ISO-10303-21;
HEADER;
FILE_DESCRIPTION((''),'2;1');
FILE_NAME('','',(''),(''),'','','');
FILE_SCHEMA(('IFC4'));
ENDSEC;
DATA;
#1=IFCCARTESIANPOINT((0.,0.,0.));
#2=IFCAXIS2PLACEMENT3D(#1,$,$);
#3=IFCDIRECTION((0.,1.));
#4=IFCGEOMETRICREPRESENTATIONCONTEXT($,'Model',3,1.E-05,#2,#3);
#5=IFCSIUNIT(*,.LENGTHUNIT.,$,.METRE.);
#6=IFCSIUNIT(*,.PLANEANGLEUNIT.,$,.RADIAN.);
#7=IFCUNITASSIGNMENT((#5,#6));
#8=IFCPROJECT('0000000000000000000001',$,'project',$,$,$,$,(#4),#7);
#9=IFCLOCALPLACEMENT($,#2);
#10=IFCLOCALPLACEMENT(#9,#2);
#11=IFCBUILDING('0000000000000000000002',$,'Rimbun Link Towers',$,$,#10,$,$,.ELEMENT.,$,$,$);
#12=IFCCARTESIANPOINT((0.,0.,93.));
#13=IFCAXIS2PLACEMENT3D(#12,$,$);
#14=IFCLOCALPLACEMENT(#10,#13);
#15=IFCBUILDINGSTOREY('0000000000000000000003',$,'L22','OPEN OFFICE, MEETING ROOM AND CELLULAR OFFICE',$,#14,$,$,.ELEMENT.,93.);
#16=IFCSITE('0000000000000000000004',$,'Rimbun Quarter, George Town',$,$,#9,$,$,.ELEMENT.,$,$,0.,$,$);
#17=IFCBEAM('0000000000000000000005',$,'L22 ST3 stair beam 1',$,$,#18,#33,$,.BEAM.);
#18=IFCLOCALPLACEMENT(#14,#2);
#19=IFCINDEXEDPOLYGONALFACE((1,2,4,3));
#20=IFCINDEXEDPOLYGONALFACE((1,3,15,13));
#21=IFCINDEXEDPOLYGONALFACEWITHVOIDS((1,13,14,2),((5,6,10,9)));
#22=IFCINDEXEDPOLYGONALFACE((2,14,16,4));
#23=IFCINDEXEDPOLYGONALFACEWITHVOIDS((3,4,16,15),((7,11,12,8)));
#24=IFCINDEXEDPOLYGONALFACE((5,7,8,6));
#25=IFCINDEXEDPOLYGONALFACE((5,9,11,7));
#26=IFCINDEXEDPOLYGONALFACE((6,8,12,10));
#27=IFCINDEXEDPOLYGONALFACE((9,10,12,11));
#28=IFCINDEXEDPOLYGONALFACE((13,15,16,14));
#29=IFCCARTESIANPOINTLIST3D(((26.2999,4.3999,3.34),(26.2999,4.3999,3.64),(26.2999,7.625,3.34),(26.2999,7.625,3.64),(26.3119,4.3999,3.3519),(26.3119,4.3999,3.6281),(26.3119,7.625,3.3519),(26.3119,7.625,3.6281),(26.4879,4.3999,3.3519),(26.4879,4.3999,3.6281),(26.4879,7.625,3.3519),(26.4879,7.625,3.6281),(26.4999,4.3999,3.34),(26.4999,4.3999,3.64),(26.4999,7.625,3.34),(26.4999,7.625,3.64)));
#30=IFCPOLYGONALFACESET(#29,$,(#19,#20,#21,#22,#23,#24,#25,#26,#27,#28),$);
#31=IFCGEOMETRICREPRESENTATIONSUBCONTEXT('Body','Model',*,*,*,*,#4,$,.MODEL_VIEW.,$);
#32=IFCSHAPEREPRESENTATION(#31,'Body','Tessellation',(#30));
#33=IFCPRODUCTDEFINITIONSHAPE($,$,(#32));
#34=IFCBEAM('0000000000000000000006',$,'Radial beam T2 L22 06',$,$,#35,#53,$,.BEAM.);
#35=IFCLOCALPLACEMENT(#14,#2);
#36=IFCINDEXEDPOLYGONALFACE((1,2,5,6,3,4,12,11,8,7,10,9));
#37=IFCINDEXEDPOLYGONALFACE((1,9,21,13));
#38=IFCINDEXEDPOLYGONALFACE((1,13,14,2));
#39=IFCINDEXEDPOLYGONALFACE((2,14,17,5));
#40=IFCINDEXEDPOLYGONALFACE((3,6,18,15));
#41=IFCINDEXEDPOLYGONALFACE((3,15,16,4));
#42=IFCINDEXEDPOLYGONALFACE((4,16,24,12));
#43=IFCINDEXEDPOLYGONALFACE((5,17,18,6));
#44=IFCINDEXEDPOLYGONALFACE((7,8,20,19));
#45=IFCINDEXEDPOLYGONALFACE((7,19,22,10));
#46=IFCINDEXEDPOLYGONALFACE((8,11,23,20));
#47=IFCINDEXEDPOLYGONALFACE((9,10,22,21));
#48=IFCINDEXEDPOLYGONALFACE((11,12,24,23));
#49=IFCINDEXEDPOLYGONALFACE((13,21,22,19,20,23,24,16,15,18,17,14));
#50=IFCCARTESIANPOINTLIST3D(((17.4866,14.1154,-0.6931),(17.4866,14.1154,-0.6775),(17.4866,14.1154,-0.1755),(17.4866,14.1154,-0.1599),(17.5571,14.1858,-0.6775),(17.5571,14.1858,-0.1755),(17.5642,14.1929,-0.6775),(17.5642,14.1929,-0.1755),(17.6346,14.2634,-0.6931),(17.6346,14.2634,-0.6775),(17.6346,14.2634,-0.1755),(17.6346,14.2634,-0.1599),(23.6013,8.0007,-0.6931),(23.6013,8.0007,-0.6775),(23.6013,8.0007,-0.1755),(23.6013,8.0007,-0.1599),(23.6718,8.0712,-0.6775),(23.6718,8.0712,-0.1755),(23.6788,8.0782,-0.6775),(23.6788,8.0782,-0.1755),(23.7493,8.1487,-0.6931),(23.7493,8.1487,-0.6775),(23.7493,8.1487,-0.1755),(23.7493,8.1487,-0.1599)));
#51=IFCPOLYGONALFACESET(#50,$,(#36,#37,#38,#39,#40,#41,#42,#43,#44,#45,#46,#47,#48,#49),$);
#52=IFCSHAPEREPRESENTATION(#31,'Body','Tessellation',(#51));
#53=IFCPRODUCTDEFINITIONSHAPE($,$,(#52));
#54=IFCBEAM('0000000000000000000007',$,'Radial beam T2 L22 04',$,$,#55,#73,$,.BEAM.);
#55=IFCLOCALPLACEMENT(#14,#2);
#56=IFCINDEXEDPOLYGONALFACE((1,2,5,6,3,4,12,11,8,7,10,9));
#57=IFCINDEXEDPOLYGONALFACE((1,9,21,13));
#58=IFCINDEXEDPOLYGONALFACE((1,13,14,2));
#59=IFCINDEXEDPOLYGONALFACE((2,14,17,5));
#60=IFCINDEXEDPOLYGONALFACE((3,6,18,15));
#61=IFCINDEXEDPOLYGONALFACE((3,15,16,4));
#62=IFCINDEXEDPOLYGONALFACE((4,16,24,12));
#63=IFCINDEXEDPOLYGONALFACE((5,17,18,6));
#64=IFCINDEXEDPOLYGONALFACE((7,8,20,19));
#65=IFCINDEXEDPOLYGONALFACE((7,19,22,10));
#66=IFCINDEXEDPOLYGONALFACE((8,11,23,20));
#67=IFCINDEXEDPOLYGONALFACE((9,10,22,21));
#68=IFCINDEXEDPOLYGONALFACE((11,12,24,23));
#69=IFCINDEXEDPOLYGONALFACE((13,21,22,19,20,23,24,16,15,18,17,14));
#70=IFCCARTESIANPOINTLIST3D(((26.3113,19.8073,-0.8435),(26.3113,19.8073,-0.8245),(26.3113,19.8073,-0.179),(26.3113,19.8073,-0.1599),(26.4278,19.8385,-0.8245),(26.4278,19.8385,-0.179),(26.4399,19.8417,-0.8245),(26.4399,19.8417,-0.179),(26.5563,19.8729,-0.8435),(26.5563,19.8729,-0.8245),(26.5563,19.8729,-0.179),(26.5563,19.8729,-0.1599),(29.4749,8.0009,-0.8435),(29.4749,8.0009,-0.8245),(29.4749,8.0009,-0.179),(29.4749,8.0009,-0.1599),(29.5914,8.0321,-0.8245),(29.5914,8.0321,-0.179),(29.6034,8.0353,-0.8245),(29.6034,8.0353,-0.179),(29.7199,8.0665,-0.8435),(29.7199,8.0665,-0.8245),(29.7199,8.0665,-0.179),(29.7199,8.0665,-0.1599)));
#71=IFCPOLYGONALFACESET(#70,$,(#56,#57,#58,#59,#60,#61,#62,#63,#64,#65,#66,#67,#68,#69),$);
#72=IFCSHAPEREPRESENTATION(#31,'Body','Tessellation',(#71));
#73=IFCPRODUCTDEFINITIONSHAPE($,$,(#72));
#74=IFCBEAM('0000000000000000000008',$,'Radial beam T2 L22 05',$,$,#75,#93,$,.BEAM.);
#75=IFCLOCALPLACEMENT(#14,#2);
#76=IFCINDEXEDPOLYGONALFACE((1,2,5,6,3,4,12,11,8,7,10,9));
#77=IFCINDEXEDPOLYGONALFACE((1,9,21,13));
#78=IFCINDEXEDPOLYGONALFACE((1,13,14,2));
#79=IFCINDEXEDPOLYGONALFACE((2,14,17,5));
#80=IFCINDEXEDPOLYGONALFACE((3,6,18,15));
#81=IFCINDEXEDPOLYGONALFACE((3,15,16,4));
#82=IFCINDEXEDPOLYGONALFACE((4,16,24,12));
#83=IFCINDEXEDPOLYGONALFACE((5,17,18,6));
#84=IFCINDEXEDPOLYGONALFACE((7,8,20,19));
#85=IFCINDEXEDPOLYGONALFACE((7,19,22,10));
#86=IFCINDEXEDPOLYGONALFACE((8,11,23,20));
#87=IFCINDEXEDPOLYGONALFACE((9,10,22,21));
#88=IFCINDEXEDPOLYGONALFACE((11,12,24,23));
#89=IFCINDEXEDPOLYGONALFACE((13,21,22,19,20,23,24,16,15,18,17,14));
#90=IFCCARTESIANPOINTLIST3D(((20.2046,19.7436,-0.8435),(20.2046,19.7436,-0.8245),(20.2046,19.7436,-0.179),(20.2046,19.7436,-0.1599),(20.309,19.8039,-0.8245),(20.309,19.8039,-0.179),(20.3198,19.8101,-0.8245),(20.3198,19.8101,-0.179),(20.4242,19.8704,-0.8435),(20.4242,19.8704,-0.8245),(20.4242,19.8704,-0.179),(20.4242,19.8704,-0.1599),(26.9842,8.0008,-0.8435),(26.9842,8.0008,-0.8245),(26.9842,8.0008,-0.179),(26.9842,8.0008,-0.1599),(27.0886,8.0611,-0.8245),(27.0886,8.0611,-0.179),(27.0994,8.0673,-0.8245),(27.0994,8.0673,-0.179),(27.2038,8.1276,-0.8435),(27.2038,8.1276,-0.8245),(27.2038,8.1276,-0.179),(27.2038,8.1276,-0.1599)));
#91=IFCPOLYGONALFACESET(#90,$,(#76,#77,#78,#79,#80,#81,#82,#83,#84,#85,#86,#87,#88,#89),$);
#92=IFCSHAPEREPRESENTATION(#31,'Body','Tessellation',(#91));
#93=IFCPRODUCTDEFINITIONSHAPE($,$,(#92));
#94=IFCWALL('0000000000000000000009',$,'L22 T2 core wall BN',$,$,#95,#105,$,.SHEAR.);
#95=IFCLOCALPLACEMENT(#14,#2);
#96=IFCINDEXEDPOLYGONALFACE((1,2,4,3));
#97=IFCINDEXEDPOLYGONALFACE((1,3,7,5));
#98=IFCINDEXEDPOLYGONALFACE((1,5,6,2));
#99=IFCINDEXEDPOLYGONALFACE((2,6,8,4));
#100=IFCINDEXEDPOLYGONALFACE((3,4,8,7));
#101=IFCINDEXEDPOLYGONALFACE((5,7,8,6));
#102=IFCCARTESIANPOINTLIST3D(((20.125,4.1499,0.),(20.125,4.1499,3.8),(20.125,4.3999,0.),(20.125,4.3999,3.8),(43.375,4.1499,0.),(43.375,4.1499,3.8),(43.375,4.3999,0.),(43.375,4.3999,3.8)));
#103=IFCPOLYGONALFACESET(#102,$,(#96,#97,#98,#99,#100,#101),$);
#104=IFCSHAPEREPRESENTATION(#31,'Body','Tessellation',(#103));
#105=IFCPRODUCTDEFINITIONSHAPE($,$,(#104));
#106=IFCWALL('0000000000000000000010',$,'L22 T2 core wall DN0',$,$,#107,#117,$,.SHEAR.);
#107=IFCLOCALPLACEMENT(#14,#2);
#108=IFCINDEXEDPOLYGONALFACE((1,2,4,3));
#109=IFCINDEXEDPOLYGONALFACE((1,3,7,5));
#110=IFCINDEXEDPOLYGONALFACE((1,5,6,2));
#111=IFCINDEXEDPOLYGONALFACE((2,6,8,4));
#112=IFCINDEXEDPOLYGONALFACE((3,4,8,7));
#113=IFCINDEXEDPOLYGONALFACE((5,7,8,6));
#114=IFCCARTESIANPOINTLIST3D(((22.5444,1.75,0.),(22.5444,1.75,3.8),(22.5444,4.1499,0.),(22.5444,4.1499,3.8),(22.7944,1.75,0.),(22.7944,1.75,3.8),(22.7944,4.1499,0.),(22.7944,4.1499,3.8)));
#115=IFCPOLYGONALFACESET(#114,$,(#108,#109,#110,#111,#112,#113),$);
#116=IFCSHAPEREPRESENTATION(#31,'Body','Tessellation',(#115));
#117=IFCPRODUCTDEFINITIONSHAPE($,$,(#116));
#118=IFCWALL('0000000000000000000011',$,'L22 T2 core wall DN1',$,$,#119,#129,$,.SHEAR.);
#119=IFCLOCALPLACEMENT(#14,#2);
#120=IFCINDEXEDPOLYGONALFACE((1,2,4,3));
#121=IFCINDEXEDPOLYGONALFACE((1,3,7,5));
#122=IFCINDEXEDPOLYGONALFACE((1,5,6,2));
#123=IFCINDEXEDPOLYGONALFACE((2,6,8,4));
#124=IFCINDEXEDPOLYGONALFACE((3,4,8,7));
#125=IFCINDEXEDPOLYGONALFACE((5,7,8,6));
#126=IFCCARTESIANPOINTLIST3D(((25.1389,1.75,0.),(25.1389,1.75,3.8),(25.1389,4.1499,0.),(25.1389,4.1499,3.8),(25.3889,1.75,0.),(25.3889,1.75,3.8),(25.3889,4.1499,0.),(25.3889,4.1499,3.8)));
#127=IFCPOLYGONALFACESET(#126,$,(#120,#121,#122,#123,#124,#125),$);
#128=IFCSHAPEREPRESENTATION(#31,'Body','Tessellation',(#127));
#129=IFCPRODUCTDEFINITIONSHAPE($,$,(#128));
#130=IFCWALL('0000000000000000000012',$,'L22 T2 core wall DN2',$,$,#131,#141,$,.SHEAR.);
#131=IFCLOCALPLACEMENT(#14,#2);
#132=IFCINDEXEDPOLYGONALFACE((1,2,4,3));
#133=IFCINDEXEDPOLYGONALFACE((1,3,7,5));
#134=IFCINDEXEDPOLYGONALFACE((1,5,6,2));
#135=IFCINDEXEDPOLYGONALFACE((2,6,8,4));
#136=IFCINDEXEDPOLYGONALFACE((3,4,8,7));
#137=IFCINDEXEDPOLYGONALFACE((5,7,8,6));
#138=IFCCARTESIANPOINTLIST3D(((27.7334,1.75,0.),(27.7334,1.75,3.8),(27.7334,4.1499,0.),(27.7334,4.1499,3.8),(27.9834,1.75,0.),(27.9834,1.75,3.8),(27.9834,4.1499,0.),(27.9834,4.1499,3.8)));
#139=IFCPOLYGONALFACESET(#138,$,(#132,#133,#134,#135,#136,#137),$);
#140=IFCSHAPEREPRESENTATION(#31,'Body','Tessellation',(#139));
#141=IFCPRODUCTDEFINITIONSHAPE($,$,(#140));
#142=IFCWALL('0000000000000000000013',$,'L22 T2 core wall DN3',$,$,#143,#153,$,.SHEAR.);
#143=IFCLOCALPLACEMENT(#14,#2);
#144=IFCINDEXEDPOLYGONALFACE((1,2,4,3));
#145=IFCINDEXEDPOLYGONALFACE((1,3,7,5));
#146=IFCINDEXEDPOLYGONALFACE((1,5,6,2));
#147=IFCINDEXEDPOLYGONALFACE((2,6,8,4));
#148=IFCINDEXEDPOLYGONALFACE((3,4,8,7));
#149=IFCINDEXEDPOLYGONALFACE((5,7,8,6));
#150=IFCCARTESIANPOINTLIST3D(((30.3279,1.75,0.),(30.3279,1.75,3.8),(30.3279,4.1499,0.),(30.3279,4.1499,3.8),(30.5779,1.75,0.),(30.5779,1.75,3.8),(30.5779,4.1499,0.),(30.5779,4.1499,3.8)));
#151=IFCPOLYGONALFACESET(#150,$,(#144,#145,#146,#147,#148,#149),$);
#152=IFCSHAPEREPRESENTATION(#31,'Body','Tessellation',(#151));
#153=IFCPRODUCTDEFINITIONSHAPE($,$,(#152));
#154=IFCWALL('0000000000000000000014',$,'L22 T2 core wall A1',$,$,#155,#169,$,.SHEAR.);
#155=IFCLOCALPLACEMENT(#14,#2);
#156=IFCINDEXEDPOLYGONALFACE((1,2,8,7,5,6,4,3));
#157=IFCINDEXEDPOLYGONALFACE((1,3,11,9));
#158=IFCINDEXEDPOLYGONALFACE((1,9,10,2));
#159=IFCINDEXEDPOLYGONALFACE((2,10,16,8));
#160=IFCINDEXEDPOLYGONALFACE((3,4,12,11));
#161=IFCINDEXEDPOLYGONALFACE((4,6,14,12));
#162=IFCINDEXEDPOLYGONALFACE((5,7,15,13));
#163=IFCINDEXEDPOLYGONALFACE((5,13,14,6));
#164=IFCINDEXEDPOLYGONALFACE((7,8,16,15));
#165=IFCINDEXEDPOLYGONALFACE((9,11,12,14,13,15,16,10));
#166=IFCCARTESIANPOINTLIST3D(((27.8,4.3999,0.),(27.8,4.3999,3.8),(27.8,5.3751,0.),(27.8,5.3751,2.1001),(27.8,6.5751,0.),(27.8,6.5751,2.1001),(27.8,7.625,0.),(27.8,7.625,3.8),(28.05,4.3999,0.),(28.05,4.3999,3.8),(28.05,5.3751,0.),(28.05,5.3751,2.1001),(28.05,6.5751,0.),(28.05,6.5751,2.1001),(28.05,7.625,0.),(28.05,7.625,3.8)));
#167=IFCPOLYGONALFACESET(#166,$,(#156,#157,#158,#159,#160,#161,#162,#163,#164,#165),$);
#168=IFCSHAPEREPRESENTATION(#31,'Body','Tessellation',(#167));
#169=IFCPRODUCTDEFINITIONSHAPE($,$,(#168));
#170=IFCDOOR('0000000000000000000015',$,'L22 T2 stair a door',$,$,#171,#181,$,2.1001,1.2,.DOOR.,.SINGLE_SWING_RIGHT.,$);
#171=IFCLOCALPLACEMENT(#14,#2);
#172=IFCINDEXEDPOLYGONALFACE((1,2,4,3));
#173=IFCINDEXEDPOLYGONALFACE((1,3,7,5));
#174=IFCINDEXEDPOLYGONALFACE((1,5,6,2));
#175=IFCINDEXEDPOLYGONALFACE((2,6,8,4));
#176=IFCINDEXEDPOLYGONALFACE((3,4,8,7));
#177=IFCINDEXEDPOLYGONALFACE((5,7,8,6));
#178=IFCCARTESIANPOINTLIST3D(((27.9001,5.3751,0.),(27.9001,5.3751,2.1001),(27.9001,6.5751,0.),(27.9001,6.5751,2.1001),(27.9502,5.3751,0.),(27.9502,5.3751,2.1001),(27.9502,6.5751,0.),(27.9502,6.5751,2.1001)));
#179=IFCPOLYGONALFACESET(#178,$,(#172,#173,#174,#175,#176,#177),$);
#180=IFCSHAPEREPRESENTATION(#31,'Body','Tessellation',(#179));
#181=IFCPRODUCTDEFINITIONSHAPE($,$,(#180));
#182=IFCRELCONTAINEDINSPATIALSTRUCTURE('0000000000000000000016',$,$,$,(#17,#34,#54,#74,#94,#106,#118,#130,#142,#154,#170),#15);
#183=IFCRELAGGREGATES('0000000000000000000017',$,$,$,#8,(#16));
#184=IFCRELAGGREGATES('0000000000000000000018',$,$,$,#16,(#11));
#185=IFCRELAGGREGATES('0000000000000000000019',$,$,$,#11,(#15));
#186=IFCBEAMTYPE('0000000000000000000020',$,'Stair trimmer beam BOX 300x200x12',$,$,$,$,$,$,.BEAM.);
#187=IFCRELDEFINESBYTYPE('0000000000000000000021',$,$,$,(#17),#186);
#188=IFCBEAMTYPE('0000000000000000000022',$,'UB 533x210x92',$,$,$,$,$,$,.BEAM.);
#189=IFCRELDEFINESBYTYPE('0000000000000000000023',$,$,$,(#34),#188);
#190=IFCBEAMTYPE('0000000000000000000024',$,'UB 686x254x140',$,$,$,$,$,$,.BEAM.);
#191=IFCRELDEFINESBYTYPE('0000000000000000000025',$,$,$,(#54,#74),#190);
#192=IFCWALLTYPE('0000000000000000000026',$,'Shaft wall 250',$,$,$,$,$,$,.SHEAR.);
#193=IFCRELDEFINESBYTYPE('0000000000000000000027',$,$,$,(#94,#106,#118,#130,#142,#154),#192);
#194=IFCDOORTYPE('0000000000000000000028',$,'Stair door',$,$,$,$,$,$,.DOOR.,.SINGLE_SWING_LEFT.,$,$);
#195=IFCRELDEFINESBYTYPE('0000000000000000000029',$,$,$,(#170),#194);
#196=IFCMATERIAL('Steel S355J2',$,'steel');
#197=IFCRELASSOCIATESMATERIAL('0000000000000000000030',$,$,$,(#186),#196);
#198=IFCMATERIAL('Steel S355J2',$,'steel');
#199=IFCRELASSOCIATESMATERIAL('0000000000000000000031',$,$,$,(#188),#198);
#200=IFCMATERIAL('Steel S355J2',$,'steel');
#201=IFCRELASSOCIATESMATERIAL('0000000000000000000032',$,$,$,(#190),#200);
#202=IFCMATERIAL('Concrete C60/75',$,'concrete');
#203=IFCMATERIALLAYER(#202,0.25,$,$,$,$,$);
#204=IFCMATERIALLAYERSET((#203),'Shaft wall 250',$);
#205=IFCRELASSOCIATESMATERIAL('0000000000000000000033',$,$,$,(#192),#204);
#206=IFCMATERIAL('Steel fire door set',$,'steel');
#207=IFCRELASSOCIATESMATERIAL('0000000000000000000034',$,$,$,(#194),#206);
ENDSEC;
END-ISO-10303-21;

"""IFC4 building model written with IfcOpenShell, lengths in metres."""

from ifc_helpers import new_model, si_unit, direction, frame, frame_2d, origin, origin_2d, place, context, subcontext, project, spatial, rectangle, hollow_rectangle, i_section, extrude, material, layer, layer_set, material_profile, profile_set, type_object, element, fill, save


model = new_model("IFC4")

# Units and contexts
model_context = context("Model", 3, precision=1e-05, world=origin(), true_north=direction((0.0, 1.0)))
body_context = subcontext(model_context, "Body", "Model", "MODEL_VIEW")
ifc_project = project(units=[si_unit("LENGTHUNIT", "METRE"), si_unit("PLANEANGLEUNIT", "RADIAN")], contexts=[model_context])

# Site, building, storey
site_placement = place(None, origin())
site = spatial("IfcSite", under=ifc_project, at=site_placement, Name="Rimbun Quarter, George Town", CompositionType="ELEMENT", RefElevation=0.0)
building_placement = place(site_placement, origin())
building = spatial("IfcBuilding", under=site, at=building_placement, Name="Rimbun Link Towers", CompositionType="ELEMENT")
storey_placement = place(building_placement, frame((0.0, 0.0, 93.0)))
storey = spatial("IfcBuildingStorey", under=building, at=storey_placement, Name="L22", Description="OPEN OFFICE, MEETING ROOM AND CELLULAR OFFICE", CompositionType="ELEMENT", Elevation=93.0)

# Beams
ifc_material_1 = material(Name="Steel S355J2", Category="steel")
ifc_material_profile_1 = material_profile(ifc_material_1, hollow_rectangle(XDim=0.2, YDim=0.3, WallThickness=0.012, at=origin_2d()), Name="BOX 300x200x12")
ifc_profile_set_1 = profile_set([ifc_material_profile_1], Name="Steel S355J2")
beam_type_1 = type_object("IfcBeamType", Name="Stair trimmer beam BOX 300x200x12", PredefinedType="BEAM", material=ifc_profile_set_1)
beam_1_placement = place(storey_placement, frame((26.3999, 7.625, 3.49), z_axis=(0.0, -1.0, 0.0), x_axis=(1.0, 0.0, 0.0)))
element("IfcBeam", 1, at=beam_1_placement, inside=storey, type_object=beam_type_1, Name="L22 ST3 stair beam 1", PredefinedType="BEAM", context=body_context, shape_type="SweptSolid", body=[
    extrude(hollow_rectangle(XDim=0.2, YDim=0.3, WallThickness=0.012, at=origin_2d()), origin(), (0.0, 0.0, 1.0), 3.2251),
])
ifc_material_2 = material(Name="Steel S355J2", Category="steel")
ifc_material_profile_2 = material_profile(ifc_material_2, i_section(OverallWidth=0.2092, OverallDepth=0.5332, WebThickness=0.01, FlangeThickness=0.0156, at=origin_2d()), Name="UB 533x210x92")
ifc_profile_set_2 = profile_set([ifc_material_profile_2], Name="Steel S355J2")
beam_type_2 = type_object("IfcBeamType", Name="UB 533x210x92", PredefinedType="BEAM", material=ifc_profile_set_2)
beam_2_placement = place(storey_placement, frame((23.6753, 8.0747, -0.4265), z_axis=(-0.707107, 0.707107, 0.0), x_axis=(-0.707107, -0.707107, 0.0)))
element("IfcBeam", 2, at=beam_2_placement, inside=storey, type_object=beam_type_2, Name="Radial beam T2 L22 06", PredefinedType="BEAM", context=body_context, shape_type="SweptSolid", body=[
    extrude(i_section(OverallWidth=0.2092, OverallDepth=0.5332, WebThickness=0.01, FlangeThickness=0.0156, at=origin_2d()), origin(), (0.0, 0.0, 1.0), 8.6475),
])
ifc_material_3 = material(Name="Steel S355J2", Category="steel")
ifc_material_profile_3 = material_profile(ifc_material_3, i_section(OverallWidth=0.2537, OverallDepth=0.6836, WebThickness=0.0125, FlangeThickness=0.019, at=origin_2d()), Name="UB 686x254x140")
ifc_profile_set_3 = profile_set([ifc_material_profile_3], Name="Steel S355J2")
beam_type_3 = type_object("IfcBeamType", Name="UB 686x254x140", PredefinedType="BEAM", material=ifc_profile_set_3)
beam_3_placement = place(storey_placement, frame((29.5974, 8.0337, -0.5017), z_axis=(-0.258824, 0.965925, 0.0), x_axis=(-0.965925, -0.258824, 0.0)))
element("IfcBeam", 3, at=beam_3_placement, inside=storey, type_object=beam_type_3, Name="Radial beam T2 L22 04", PredefinedType="BEAM", context=body_context, shape_type="SweptSolid", body=[
    extrude(i_section(OverallWidth=0.2537, OverallDepth=0.6836, WebThickness=0.0125, FlangeThickness=0.019, at=origin_2d()), origin(), (0.0, 0.0, 1.0), 12.2229),
])
beam_4_placement = place(storey_placement, frame((27.094, 8.0642, -0.5017), z_axis=(-0.499995, 0.866028, 0.0), x_axis=(-0.866028, -0.499995, 0.0)))
element("IfcBeam", 4, at=beam_4_placement, inside=storey, type_object=beam_type_3, Name="Radial beam T2 L22 05", PredefinedType="BEAM", context=body_context, shape_type="SweptSolid", body=[
    extrude(i_section(OverallWidth=0.2537, OverallDepth=0.6836, WebThickness=0.0125, FlangeThickness=0.019, at=origin_2d()), origin(), (0.0, 0.0, 1.0), 13.5593),
])

# Walls
ifc_material_4 = material(Name="Concrete C60/75", Category="concrete")
ifc_layer = layer(ifc_material_4, 0.25)
ifc_layer_set = layer_set([ifc_layer], Name="Shaft wall 250")
wall_type = type_object("IfcWallType", Name="Shaft wall 250", PredefinedType="SHEAR", material=ifc_layer_set)
wall_1_placement = place(storey_placement, frame((20.125, 4.2749, 0.0), z_axis=(0.0, 0.0, 1.0), x_axis=(1.0, 0.0, 0.0)))
element("IfcWall", 5, at=wall_1_placement, inside=storey, type_object=wall_type, Name="L22 T2 core wall BN", PredefinedType="SHEAR", context=body_context, shape_type="SweptSolid", body=[
    extrude(rectangle(XDim=23.25, YDim=0.25, at=frame_2d((11.625, 0.0))), origin(), (0.0, 0.0, 1.0), 3.8),
])
for number, where, z_axis, x_axis, name in (
    (6, (22.6694, 1.75, 0.0), (0.0, 0.0, 1.0), (0.0, 1.0, 0.0), "L22 T2 core wall DN0"),
    (7, (25.2639, 1.75, 0.0), (0.0, 0.0, 1.0), (0.0, 1.0, 0.0), "L22 T2 core wall DN1"),
    (8, (27.8584, 1.75, 0.0), (0.0, 0.0, 1.0), (0.0, 1.0, 0.0), "L22 T2 core wall DN2"),
    (9, (30.4529, 1.75, 0.0), (0.0, 0.0, 1.0), (0.0, 1.0, 0.0), "L22 T2 core wall DN3"),
):
    element("IfcWall", number, at=place(storey_placement, frame(where, z_axis=z_axis, x_axis=x_axis)), inside=storey, type_object=wall_type, Name=name, PredefinedType="SHEAR", context=body_context, shape_type="SweptSolid", body=[
        extrude(rectangle(XDim=2.3999, YDim=0.25, at=frame_2d((1.2, 0.0))), origin(), (0.0, 0.0, 1.0), 3.8),
    ])

# Wall, opening, door
wall_2_placement = place(storey_placement, frame((27.925, 4.3999, 0.0), z_axis=(0.0, 0.0, 1.0), x_axis=(0.0, 1.0, 0.0)))
wall_2 = element("IfcWall", 10, at=wall_2_placement, inside=storey, type_object=wall_type, Name="L22 T2 core wall A1", PredefinedType="SHEAR", context=body_context, shape_type="SweptSolid", body=[
    extrude(rectangle(XDim=3.2251, YDim=0.25, at=frame_2d((1.6125, 0.0))), origin(), (0.0, 0.0, 1.0), 3.8),
])
opening_placement = place(wall_2_placement, frame((0.9751, 0.0, 0.0)))
opening = element("IfcOpeningElement", 11, at=opening_placement, cuts=wall_2, PredefinedType="OPENING", context=body_context, shape_type="SweptSolid", body=[
    extrude(rectangle(XDim=1.2, YDim=2.1001, at=frame_2d((0.6001, 1.05))), frame((0.0, 0.135, 0.0), z_axis=(0.0, -1.0, 0.0), x_axis=(1.0, 0.0, 0.0)), (0.0, 0.0, 1.0), 0.27),
])
ifc_material_5 = material(Name="Steel fire door set", Category="steel")
door_type = type_object("IfcDoorType", Name="Stair door", OperationType="SINGLE_SWING_LEFT", PredefinedType="DOOR", material=ifc_material_5)
door_placement = place(opening_placement, origin())
door = element("IfcDoor", 12, at=door_placement, inside=storey, type_object=door_type, Name="L22 T2 stair a door", OperationType="SINGLE_SWING_RIGHT", OverallHeight=2.1001, OverallWidth=1.2, PredefinedType="DOOR", context=body_context, shape_type="SweptSolid", body=[
    extrude(rectangle(XDim=1.2, YDim=2.1001, at=frame_2d((0.6001, 1.05))), frame((0.0, 0.0249, 0.0), z_axis=(0.0, -1.0, 0.0), x_axis=(1.0, 0.0, 0.0)), (0.0, 0.0, 1.0), 0.05),
])
fill(opening, door)

save(model, "model.ifc")
